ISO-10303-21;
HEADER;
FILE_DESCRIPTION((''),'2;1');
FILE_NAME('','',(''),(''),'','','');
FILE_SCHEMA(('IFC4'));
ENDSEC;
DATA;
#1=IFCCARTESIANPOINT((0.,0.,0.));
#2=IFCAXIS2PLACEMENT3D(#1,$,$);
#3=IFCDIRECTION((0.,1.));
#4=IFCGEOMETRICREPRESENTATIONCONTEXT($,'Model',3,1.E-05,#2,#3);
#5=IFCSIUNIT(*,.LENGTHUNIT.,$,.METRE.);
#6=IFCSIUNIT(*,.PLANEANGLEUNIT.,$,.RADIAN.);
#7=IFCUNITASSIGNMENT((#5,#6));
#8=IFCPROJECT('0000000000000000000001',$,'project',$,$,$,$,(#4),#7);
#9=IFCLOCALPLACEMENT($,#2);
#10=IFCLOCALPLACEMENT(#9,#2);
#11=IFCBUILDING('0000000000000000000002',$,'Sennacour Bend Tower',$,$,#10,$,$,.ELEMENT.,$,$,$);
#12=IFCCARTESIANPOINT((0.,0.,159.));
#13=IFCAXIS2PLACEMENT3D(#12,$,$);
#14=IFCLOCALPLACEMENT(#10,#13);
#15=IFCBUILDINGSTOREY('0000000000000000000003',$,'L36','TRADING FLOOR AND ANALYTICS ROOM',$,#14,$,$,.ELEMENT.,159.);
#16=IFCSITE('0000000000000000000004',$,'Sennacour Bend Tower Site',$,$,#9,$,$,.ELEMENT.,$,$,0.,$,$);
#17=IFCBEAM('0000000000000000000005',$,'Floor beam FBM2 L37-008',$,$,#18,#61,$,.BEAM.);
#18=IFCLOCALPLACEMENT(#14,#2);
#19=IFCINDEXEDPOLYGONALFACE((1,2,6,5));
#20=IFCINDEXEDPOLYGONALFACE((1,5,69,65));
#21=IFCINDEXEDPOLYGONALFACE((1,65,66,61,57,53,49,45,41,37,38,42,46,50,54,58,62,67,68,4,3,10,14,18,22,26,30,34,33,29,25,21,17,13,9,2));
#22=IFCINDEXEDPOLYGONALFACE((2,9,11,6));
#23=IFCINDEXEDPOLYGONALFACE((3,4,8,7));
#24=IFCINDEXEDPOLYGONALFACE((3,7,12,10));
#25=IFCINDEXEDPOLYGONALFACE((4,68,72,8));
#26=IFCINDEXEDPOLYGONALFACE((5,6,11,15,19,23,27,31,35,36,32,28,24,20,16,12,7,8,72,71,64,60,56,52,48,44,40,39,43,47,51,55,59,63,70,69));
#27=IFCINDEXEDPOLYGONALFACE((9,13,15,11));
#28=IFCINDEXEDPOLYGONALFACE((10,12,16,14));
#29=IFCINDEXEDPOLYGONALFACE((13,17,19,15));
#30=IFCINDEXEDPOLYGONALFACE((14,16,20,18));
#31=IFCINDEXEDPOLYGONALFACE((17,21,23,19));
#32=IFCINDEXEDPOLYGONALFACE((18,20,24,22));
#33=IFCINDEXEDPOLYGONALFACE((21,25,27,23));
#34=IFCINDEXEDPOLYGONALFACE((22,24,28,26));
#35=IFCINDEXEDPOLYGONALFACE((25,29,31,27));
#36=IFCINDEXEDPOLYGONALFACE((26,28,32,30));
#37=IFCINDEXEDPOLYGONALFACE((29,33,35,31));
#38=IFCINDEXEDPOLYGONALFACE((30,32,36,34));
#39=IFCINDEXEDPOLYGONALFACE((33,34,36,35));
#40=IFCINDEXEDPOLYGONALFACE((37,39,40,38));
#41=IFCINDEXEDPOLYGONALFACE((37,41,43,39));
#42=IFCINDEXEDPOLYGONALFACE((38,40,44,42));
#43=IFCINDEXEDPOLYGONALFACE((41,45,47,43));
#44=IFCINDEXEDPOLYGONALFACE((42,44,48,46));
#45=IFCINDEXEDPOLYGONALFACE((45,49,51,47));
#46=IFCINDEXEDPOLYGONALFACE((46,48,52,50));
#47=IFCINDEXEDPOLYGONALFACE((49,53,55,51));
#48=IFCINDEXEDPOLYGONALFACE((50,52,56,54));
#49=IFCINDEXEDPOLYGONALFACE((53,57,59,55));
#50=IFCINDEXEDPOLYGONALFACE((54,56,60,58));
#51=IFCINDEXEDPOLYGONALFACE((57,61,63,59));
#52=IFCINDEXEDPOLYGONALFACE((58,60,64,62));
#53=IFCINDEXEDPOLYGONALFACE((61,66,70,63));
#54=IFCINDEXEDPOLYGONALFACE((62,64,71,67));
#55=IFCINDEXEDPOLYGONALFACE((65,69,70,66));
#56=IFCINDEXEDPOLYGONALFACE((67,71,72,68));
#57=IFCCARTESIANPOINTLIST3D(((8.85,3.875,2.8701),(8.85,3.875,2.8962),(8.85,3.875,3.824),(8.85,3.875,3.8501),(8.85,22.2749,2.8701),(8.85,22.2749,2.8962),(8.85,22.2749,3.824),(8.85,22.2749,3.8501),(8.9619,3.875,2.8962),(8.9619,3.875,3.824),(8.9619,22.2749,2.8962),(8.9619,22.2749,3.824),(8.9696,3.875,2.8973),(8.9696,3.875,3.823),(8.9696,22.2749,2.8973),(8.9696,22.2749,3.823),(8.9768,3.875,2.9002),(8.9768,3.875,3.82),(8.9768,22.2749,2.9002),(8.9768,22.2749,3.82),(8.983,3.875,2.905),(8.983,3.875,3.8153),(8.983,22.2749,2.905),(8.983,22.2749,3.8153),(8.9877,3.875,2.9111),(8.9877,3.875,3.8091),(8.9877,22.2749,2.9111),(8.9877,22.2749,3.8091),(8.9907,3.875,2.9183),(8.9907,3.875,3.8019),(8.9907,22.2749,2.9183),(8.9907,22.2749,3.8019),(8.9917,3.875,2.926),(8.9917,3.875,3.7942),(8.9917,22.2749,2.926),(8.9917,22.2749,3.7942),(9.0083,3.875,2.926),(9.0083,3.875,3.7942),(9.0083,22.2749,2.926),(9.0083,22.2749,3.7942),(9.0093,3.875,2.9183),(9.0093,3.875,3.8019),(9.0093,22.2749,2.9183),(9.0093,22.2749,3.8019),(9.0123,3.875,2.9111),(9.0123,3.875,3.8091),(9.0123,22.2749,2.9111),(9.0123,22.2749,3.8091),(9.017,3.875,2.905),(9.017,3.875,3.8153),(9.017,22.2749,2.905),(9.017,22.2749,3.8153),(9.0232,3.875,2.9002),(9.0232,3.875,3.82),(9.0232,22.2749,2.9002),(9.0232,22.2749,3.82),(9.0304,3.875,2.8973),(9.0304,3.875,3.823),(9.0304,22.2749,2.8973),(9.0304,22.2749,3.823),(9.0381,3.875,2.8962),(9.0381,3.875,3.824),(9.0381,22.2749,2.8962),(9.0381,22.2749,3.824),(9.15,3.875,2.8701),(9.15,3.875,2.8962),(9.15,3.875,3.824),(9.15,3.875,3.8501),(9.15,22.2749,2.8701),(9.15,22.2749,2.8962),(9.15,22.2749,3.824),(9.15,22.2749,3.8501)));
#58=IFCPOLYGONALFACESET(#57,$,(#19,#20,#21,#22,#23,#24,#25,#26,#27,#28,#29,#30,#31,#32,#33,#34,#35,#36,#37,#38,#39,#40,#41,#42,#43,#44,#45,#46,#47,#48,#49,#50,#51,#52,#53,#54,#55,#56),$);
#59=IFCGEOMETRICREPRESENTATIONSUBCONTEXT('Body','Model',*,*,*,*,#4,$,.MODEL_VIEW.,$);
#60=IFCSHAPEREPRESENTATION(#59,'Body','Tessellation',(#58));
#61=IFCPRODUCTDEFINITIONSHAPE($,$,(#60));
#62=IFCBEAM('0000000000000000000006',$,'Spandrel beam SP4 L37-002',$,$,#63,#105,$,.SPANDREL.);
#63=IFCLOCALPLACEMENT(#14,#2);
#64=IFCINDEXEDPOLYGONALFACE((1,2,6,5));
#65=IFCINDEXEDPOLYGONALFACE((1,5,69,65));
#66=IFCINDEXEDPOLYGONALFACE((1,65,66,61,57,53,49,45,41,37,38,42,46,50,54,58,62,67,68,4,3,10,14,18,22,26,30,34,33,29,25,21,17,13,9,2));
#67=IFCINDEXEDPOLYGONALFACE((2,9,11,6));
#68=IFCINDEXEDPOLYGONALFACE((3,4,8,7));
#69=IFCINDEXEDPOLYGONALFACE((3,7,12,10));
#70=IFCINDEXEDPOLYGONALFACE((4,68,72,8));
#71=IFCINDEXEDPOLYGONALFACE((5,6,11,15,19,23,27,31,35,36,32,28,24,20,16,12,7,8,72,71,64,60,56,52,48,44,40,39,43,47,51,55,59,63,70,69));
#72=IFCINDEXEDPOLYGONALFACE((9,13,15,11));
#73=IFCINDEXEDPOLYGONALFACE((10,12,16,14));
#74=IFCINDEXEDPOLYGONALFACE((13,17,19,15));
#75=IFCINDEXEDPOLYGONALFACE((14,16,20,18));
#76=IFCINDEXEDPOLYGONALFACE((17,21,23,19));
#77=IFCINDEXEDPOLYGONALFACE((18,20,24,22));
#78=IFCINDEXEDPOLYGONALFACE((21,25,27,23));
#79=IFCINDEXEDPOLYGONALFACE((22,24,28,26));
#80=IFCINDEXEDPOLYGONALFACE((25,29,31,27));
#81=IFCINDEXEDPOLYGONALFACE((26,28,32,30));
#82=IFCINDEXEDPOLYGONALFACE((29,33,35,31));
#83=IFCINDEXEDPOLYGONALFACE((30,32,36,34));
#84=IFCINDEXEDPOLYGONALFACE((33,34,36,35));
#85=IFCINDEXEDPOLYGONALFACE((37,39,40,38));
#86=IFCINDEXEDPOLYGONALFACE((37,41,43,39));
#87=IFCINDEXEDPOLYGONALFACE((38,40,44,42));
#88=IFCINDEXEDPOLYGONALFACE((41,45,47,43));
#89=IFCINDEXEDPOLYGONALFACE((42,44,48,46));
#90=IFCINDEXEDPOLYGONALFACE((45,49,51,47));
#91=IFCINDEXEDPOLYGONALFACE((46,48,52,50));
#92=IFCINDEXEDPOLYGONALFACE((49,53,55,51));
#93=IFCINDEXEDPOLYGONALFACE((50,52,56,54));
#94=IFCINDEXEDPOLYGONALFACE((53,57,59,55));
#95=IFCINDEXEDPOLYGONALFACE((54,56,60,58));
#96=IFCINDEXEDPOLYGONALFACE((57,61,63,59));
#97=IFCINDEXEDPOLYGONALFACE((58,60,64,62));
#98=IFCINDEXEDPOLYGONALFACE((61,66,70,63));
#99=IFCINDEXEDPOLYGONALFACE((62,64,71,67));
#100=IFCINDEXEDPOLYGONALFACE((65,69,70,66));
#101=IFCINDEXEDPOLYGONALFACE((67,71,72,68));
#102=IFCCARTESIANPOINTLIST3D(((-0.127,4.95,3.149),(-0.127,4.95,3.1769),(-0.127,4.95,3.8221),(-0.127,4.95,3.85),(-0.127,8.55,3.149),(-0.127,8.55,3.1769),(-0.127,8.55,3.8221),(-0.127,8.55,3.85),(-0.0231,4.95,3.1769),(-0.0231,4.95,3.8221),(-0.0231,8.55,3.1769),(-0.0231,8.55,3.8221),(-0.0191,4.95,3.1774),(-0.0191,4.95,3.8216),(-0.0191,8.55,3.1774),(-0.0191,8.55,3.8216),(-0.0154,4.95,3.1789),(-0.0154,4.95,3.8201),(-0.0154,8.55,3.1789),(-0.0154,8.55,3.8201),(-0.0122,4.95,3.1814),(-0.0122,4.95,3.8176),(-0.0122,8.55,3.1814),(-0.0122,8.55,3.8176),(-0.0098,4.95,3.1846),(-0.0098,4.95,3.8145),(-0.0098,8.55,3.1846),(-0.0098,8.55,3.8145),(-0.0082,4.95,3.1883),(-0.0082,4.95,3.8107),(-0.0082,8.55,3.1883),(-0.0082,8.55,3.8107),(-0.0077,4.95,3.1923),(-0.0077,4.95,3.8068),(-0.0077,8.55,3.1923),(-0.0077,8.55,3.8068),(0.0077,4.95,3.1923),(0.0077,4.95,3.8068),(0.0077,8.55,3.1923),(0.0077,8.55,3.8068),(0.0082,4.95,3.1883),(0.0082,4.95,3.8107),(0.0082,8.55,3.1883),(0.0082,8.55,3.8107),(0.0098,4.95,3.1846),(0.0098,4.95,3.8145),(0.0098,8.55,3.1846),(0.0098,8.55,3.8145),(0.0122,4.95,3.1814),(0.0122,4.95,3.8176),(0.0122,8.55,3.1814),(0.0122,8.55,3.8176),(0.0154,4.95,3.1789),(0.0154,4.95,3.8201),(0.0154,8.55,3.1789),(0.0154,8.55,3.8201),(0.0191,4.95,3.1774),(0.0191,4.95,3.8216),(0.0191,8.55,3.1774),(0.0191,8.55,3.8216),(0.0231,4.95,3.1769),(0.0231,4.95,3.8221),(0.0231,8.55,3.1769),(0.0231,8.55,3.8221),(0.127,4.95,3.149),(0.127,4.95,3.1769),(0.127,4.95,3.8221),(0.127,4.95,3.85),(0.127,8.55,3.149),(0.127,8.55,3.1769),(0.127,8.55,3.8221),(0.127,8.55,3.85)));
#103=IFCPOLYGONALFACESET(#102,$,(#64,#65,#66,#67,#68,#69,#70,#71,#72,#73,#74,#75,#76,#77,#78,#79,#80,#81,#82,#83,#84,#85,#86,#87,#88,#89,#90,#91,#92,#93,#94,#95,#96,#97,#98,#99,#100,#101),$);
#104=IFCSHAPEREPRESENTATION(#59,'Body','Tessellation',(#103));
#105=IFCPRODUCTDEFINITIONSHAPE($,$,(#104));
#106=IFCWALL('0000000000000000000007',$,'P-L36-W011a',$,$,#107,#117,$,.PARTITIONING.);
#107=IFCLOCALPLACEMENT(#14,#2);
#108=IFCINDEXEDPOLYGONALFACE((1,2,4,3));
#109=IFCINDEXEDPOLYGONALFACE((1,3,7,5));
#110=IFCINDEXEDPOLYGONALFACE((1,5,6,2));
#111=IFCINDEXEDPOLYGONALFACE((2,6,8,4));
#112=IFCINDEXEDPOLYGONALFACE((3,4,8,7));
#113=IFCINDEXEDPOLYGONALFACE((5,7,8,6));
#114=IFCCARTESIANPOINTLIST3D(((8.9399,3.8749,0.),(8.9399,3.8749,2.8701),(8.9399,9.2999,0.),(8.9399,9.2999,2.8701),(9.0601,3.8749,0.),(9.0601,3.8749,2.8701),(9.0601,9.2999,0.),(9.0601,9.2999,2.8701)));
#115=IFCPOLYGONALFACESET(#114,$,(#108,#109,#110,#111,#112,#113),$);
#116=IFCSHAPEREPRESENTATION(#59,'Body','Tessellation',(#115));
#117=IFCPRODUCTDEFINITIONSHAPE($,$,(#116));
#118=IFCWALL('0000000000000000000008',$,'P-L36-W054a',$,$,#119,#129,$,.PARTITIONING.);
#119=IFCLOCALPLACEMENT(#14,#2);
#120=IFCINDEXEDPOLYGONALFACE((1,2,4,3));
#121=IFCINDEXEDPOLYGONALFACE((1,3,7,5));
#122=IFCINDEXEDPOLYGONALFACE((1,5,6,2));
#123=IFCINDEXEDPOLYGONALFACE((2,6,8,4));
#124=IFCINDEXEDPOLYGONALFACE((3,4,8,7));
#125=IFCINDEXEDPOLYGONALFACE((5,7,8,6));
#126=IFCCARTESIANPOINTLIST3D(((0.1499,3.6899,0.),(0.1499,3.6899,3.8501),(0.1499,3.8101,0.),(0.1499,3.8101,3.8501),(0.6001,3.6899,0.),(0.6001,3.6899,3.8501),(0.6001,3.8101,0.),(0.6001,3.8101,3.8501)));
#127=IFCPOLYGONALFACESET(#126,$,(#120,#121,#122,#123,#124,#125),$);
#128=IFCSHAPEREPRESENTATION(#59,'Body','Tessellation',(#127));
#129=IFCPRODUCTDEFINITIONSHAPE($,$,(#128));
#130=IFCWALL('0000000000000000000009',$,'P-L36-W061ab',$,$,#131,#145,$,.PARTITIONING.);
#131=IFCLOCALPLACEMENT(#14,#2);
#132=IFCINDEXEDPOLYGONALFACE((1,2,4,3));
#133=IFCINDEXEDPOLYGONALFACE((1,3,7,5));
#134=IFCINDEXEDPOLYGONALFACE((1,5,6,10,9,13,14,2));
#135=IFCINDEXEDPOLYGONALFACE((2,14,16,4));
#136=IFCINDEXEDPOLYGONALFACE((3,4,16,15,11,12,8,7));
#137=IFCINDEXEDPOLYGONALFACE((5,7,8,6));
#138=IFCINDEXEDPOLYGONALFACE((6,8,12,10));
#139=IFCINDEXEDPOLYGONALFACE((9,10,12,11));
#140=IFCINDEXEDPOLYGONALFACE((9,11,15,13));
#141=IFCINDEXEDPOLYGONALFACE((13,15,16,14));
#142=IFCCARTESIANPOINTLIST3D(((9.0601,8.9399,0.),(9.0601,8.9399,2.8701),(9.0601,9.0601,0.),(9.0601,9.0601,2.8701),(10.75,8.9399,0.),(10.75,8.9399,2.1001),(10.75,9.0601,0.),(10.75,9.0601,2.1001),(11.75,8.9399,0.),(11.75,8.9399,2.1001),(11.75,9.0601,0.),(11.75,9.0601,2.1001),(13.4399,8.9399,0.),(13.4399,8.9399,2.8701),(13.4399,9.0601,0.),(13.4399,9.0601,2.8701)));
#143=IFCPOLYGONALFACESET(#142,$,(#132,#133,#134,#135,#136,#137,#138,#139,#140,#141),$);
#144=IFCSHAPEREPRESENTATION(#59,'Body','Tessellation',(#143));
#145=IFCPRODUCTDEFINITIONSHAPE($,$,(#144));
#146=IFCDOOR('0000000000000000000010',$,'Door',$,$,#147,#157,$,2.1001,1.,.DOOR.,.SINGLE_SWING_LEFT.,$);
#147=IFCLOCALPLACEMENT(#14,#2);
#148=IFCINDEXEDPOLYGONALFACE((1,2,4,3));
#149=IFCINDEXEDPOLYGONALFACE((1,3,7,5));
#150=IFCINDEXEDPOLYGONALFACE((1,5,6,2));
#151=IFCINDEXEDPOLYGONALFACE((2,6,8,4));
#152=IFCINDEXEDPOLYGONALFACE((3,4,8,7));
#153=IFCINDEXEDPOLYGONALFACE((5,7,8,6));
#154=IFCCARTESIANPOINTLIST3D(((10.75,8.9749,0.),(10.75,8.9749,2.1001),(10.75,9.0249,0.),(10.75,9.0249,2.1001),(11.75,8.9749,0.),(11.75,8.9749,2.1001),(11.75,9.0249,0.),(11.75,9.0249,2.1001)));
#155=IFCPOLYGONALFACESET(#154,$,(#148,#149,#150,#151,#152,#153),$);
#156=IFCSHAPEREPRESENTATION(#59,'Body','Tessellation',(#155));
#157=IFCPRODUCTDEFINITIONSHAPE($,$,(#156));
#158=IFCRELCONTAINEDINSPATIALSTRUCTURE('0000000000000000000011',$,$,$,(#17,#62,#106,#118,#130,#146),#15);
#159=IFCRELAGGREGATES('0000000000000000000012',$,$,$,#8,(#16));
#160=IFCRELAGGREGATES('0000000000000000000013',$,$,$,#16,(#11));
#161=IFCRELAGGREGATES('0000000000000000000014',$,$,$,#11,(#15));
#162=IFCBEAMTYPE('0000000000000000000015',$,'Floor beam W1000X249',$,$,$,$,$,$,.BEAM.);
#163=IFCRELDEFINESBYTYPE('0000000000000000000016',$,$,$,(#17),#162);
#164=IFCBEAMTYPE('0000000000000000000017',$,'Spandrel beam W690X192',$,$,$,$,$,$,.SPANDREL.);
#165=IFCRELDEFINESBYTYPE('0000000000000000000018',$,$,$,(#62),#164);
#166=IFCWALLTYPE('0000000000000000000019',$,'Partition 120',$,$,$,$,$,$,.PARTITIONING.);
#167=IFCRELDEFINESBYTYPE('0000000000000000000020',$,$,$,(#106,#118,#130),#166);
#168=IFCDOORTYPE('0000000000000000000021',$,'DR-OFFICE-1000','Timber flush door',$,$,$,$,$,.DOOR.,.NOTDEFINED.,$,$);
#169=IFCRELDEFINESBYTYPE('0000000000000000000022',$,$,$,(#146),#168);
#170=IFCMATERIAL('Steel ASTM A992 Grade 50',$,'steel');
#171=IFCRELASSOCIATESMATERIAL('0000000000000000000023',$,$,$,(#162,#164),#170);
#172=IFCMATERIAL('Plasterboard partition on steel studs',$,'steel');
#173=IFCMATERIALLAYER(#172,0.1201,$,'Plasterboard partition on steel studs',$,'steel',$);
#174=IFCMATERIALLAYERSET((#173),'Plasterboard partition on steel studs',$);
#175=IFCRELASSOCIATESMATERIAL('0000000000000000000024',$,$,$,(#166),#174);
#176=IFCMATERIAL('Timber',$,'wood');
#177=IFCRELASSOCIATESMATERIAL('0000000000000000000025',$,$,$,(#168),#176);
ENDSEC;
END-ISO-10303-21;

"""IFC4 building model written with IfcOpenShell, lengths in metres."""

from ifc_helpers import new_model, si_unit, direction, frame, frame_2d, origin, origin_2d, place, context, subcontext, project, spatial, rectangle, i_section, extrude, material, layer, layer_set, material_profile, profile_set, type_object, element, fill, save


model = new_model("IFC4")

# Units and contexts
model_context = context("Model", 3, precision=1e-05, world=origin(), true_north=direction((0.0, 1.0)))
body_context = subcontext(model_context, "Body", "Model", "MODEL_VIEW")
ifc_project = project(units=[si_unit("LENGTHUNIT", "METRE"), si_unit("PLANEANGLEUNIT", "RADIAN")], contexts=[model_context])

# Site, building, storey
site_placement = place(None, origin())
site = spatial("IfcSite", under=ifc_project, at=site_placement, Name="Sennacour Bend Tower Site", CompositionType="ELEMENT", RefElevation=0.0)
building_placement = place(site_placement, origin())
building = spatial("IfcBuilding", under=site, at=building_placement, Name="Sennacour Bend Tower", CompositionType="ELEMENT")
storey_placement = place(building_placement, frame((0.0, 0.0, 159.0)))
storey = spatial("IfcBuildingStorey", under=building, at=storey_placement, Name="L36", Description="TRADING FLOOR AND ANALYTICS ROOM", CompositionType="ELEMENT", Elevation=159.0)

# Beams
ifc_material_1 = material(Name="Steel ASTM A992 Grade 50", Category="steel")
ifc_material_profile_1 = material_profile(ifc_material_1, i_section(OverallWidth=0.3, OverallDepth=0.98, WebThickness=0.0166, FlangeThickness=0.0261, FilletRadius=0.0298, at=origin_2d()), Name="Steel ASTM A992 Grade 50", Category="steel")
ifc_profile_set_1 = profile_set([ifc_material_profile_1], Name="Steel ASTM A992 Grade 50")
beam_type_1 = type_object("IfcBeamType", Name="Floor beam W1000X249", PredefinedType="BEAM", material=ifc_profile_set_1)
for number, where, z_axis, x_axis, name in (
    (1, (9.0, 3.875, 3.3601), (0.0, 1.0, 0.0), (-1.0, 0.0, 0.0), "Floor beam FBM2 L37-008"),
):
    element("IfcBeam", number, at=place(storey_placement, frame(where, z_axis=z_axis, x_axis=x_axis)), inside=storey, type_object=beam_type_1, Name=name, PredefinedType="BEAM", context=body_context, shape_type="SweptSolid", body=[
        extrude(i_section(OverallWidth=0.3, OverallDepth=0.98, WebThickness=0.0166, FlangeThickness=0.0261, FilletRadius=0.0298, at=origin_2d()), origin(), (0.0, 0.0, 1.0), 18.3999),
    ])
ifc_material_profile_2 = material_profile(ifc_material_1, i_section(OverallWidth=0.2539, OverallDepth=0.7009, WebThickness=0.0154, FlangeThickness=0.0278, FilletRadius=0.0154, at=origin_2d()), Name="Steel ASTM A992 Grade 50", Category="steel")
ifc_profile_set_2 = profile_set([ifc_material_profile_2], Name="Steel ASTM A992 Grade 50")
beam_type_2 = type_object("IfcBeamType", Name="Spandrel beam W690X192", PredefinedType="SPANDREL", material=ifc_profile_set_2)
beam_placement = place(storey_placement, frame((0.0, 4.95, 3.4995), z_axis=(0.0, 1.0, 0.0), x_axis=(-1.0, 0.0, 0.0)))
element("IfcBeam", 2, at=beam_placement, inside=storey, type_object=beam_type_2, Name="Spandrel beam SP4 L37-002", PredefinedType="SPANDREL", context=body_context, shape_type="SweptSolid", body=[
    extrude(i_section(OverallWidth=0.2539, OverallDepth=0.7009, WebThickness=0.0154, FlangeThickness=0.0278, FilletRadius=0.0154, at=origin_2d()), origin(), (0.0, 0.0, 1.0), 3.6001),
])

# Walls
ifc_material_2 = material(Name="Plasterboard partition on steel studs", Category="steel")
ifc_layer_1 = layer(ifc_material_2, 0.1201, Name="Plasterboard partition on steel studs", Category="steel")
ifc_layer_set_1 = layer_set([ifc_layer_1], Name="Plasterboard partition on steel studs")
wall_type_1 = type_object("IfcWallType", Name="Partition 120", PredefinedType="PARTITIONING", material=ifc_layer_set_1)
wall_1_placement = place(storey_placement, frame((9.0, 3.875, 0.0), z_axis=(0.0, 0.0, 1.0), x_axis=(0.0, 1.0, 0.0)))
element("IfcWall", 3, at=wall_1_placement, inside=storey, type_object=wall_type_1, Name="P-L36-W011a", PredefinedType="PARTITIONING", context=body_context, shape_type="SweptSolid", body=[
    extrude(rectangle(XDim=5.425, YDim=0.1201, at=frame_2d((2.7124, 0.0))), origin(), (0.0, 0.0, 1.0), 2.8701),
])
wall_2_placement = place(storey_placement, frame((0.1499, 3.75, 0.0), z_axis=(0.0, 0.0, 1.0), x_axis=(1.0, 0.0, 0.0)))
element("IfcWall", 4, at=wall_2_placement, inside=storey, type_object=wall_type_1, Name="P-L36-W054a", PredefinedType="PARTITIONING", context=body_context, shape_type="SweptSolid", body=[
    extrude(rectangle(XDim=0.4502, YDim=0.1201, at=frame_2d((0.2251, 0.0))), origin(), (0.0, 0.0, 1.0), 3.8501),
])

# Wall, opening, door
wall_3_placement = place(storey_placement, frame((9.0601, 9.0, 0.0), z_axis=(0.0, 0.0, 1.0), x_axis=(1.0, 0.0, 0.0)))
wall_3 = element("IfcWall", 5, at=wall_3_placement, inside=storey, type_object=wall_type_1, Name="P-L36-W061ab", PredefinedType="PARTITIONING", context=body_context, shape_type="SweptSolid", body=[
    extrude(rectangle(XDim=4.3799, YDim=0.1201, at=frame_2d((2.1899, 0.0))), origin(), (0.0, 0.0, 1.0), 2.8701),
])
opening_1_placement = place(wall_3_placement, frame((1.6899, 0.0, 0.0)))
opening_1 = element("IfcOpeningElement", 6, at=opening_1_placement, cuts=wall_3, PredefinedType="OPENING", context=body_context, shape_type="SweptSolid", body=[
    extrude(rectangle(XDim=1.0, YDim=2.1001, at=frame_2d((0.5, 1.05))), frame((0.0, 0.0701, 0.0), z_axis=(0.0, -1.0, 0.0), x_axis=(1.0, 0.0, 0.0)), (0.0, 0.0, 1.0), 0.1401),
])
ifc_material_3 = material(Name="Timber", Category="wood")
door_type_1 = type_object("IfcDoorType", Name="DR-OFFICE-1000", Description="Timber flush door", OperationType="NOTDEFINED", PredefinedType="DOOR", material=ifc_material_3)
door_1_placement = place(opening_1_placement, origin())
door_1 = element("IfcDoor", 7, at=door_1_placement, inside=storey, type_object=door_type_1, Name="Door", OperationType="SINGLE_SWING_LEFT", OverallHeight=2.1001, OverallWidth=1.0, PredefinedType="DOOR", context=body_context, shape_type="SweptSolid", body=[
    extrude(rectangle(XDim=1.0, YDim=2.1001, at=frame_2d((0.5, 1.05))), frame((0.0, 0.0249, 0.0), z_axis=(0.0, -1.0, 0.0), x_axis=(1.0, 0.0, 0.0)), (0.0, 0.0, 1.0), 0.05),
])
fill(opening_1, door_1)

save(model, "model.ifc")
